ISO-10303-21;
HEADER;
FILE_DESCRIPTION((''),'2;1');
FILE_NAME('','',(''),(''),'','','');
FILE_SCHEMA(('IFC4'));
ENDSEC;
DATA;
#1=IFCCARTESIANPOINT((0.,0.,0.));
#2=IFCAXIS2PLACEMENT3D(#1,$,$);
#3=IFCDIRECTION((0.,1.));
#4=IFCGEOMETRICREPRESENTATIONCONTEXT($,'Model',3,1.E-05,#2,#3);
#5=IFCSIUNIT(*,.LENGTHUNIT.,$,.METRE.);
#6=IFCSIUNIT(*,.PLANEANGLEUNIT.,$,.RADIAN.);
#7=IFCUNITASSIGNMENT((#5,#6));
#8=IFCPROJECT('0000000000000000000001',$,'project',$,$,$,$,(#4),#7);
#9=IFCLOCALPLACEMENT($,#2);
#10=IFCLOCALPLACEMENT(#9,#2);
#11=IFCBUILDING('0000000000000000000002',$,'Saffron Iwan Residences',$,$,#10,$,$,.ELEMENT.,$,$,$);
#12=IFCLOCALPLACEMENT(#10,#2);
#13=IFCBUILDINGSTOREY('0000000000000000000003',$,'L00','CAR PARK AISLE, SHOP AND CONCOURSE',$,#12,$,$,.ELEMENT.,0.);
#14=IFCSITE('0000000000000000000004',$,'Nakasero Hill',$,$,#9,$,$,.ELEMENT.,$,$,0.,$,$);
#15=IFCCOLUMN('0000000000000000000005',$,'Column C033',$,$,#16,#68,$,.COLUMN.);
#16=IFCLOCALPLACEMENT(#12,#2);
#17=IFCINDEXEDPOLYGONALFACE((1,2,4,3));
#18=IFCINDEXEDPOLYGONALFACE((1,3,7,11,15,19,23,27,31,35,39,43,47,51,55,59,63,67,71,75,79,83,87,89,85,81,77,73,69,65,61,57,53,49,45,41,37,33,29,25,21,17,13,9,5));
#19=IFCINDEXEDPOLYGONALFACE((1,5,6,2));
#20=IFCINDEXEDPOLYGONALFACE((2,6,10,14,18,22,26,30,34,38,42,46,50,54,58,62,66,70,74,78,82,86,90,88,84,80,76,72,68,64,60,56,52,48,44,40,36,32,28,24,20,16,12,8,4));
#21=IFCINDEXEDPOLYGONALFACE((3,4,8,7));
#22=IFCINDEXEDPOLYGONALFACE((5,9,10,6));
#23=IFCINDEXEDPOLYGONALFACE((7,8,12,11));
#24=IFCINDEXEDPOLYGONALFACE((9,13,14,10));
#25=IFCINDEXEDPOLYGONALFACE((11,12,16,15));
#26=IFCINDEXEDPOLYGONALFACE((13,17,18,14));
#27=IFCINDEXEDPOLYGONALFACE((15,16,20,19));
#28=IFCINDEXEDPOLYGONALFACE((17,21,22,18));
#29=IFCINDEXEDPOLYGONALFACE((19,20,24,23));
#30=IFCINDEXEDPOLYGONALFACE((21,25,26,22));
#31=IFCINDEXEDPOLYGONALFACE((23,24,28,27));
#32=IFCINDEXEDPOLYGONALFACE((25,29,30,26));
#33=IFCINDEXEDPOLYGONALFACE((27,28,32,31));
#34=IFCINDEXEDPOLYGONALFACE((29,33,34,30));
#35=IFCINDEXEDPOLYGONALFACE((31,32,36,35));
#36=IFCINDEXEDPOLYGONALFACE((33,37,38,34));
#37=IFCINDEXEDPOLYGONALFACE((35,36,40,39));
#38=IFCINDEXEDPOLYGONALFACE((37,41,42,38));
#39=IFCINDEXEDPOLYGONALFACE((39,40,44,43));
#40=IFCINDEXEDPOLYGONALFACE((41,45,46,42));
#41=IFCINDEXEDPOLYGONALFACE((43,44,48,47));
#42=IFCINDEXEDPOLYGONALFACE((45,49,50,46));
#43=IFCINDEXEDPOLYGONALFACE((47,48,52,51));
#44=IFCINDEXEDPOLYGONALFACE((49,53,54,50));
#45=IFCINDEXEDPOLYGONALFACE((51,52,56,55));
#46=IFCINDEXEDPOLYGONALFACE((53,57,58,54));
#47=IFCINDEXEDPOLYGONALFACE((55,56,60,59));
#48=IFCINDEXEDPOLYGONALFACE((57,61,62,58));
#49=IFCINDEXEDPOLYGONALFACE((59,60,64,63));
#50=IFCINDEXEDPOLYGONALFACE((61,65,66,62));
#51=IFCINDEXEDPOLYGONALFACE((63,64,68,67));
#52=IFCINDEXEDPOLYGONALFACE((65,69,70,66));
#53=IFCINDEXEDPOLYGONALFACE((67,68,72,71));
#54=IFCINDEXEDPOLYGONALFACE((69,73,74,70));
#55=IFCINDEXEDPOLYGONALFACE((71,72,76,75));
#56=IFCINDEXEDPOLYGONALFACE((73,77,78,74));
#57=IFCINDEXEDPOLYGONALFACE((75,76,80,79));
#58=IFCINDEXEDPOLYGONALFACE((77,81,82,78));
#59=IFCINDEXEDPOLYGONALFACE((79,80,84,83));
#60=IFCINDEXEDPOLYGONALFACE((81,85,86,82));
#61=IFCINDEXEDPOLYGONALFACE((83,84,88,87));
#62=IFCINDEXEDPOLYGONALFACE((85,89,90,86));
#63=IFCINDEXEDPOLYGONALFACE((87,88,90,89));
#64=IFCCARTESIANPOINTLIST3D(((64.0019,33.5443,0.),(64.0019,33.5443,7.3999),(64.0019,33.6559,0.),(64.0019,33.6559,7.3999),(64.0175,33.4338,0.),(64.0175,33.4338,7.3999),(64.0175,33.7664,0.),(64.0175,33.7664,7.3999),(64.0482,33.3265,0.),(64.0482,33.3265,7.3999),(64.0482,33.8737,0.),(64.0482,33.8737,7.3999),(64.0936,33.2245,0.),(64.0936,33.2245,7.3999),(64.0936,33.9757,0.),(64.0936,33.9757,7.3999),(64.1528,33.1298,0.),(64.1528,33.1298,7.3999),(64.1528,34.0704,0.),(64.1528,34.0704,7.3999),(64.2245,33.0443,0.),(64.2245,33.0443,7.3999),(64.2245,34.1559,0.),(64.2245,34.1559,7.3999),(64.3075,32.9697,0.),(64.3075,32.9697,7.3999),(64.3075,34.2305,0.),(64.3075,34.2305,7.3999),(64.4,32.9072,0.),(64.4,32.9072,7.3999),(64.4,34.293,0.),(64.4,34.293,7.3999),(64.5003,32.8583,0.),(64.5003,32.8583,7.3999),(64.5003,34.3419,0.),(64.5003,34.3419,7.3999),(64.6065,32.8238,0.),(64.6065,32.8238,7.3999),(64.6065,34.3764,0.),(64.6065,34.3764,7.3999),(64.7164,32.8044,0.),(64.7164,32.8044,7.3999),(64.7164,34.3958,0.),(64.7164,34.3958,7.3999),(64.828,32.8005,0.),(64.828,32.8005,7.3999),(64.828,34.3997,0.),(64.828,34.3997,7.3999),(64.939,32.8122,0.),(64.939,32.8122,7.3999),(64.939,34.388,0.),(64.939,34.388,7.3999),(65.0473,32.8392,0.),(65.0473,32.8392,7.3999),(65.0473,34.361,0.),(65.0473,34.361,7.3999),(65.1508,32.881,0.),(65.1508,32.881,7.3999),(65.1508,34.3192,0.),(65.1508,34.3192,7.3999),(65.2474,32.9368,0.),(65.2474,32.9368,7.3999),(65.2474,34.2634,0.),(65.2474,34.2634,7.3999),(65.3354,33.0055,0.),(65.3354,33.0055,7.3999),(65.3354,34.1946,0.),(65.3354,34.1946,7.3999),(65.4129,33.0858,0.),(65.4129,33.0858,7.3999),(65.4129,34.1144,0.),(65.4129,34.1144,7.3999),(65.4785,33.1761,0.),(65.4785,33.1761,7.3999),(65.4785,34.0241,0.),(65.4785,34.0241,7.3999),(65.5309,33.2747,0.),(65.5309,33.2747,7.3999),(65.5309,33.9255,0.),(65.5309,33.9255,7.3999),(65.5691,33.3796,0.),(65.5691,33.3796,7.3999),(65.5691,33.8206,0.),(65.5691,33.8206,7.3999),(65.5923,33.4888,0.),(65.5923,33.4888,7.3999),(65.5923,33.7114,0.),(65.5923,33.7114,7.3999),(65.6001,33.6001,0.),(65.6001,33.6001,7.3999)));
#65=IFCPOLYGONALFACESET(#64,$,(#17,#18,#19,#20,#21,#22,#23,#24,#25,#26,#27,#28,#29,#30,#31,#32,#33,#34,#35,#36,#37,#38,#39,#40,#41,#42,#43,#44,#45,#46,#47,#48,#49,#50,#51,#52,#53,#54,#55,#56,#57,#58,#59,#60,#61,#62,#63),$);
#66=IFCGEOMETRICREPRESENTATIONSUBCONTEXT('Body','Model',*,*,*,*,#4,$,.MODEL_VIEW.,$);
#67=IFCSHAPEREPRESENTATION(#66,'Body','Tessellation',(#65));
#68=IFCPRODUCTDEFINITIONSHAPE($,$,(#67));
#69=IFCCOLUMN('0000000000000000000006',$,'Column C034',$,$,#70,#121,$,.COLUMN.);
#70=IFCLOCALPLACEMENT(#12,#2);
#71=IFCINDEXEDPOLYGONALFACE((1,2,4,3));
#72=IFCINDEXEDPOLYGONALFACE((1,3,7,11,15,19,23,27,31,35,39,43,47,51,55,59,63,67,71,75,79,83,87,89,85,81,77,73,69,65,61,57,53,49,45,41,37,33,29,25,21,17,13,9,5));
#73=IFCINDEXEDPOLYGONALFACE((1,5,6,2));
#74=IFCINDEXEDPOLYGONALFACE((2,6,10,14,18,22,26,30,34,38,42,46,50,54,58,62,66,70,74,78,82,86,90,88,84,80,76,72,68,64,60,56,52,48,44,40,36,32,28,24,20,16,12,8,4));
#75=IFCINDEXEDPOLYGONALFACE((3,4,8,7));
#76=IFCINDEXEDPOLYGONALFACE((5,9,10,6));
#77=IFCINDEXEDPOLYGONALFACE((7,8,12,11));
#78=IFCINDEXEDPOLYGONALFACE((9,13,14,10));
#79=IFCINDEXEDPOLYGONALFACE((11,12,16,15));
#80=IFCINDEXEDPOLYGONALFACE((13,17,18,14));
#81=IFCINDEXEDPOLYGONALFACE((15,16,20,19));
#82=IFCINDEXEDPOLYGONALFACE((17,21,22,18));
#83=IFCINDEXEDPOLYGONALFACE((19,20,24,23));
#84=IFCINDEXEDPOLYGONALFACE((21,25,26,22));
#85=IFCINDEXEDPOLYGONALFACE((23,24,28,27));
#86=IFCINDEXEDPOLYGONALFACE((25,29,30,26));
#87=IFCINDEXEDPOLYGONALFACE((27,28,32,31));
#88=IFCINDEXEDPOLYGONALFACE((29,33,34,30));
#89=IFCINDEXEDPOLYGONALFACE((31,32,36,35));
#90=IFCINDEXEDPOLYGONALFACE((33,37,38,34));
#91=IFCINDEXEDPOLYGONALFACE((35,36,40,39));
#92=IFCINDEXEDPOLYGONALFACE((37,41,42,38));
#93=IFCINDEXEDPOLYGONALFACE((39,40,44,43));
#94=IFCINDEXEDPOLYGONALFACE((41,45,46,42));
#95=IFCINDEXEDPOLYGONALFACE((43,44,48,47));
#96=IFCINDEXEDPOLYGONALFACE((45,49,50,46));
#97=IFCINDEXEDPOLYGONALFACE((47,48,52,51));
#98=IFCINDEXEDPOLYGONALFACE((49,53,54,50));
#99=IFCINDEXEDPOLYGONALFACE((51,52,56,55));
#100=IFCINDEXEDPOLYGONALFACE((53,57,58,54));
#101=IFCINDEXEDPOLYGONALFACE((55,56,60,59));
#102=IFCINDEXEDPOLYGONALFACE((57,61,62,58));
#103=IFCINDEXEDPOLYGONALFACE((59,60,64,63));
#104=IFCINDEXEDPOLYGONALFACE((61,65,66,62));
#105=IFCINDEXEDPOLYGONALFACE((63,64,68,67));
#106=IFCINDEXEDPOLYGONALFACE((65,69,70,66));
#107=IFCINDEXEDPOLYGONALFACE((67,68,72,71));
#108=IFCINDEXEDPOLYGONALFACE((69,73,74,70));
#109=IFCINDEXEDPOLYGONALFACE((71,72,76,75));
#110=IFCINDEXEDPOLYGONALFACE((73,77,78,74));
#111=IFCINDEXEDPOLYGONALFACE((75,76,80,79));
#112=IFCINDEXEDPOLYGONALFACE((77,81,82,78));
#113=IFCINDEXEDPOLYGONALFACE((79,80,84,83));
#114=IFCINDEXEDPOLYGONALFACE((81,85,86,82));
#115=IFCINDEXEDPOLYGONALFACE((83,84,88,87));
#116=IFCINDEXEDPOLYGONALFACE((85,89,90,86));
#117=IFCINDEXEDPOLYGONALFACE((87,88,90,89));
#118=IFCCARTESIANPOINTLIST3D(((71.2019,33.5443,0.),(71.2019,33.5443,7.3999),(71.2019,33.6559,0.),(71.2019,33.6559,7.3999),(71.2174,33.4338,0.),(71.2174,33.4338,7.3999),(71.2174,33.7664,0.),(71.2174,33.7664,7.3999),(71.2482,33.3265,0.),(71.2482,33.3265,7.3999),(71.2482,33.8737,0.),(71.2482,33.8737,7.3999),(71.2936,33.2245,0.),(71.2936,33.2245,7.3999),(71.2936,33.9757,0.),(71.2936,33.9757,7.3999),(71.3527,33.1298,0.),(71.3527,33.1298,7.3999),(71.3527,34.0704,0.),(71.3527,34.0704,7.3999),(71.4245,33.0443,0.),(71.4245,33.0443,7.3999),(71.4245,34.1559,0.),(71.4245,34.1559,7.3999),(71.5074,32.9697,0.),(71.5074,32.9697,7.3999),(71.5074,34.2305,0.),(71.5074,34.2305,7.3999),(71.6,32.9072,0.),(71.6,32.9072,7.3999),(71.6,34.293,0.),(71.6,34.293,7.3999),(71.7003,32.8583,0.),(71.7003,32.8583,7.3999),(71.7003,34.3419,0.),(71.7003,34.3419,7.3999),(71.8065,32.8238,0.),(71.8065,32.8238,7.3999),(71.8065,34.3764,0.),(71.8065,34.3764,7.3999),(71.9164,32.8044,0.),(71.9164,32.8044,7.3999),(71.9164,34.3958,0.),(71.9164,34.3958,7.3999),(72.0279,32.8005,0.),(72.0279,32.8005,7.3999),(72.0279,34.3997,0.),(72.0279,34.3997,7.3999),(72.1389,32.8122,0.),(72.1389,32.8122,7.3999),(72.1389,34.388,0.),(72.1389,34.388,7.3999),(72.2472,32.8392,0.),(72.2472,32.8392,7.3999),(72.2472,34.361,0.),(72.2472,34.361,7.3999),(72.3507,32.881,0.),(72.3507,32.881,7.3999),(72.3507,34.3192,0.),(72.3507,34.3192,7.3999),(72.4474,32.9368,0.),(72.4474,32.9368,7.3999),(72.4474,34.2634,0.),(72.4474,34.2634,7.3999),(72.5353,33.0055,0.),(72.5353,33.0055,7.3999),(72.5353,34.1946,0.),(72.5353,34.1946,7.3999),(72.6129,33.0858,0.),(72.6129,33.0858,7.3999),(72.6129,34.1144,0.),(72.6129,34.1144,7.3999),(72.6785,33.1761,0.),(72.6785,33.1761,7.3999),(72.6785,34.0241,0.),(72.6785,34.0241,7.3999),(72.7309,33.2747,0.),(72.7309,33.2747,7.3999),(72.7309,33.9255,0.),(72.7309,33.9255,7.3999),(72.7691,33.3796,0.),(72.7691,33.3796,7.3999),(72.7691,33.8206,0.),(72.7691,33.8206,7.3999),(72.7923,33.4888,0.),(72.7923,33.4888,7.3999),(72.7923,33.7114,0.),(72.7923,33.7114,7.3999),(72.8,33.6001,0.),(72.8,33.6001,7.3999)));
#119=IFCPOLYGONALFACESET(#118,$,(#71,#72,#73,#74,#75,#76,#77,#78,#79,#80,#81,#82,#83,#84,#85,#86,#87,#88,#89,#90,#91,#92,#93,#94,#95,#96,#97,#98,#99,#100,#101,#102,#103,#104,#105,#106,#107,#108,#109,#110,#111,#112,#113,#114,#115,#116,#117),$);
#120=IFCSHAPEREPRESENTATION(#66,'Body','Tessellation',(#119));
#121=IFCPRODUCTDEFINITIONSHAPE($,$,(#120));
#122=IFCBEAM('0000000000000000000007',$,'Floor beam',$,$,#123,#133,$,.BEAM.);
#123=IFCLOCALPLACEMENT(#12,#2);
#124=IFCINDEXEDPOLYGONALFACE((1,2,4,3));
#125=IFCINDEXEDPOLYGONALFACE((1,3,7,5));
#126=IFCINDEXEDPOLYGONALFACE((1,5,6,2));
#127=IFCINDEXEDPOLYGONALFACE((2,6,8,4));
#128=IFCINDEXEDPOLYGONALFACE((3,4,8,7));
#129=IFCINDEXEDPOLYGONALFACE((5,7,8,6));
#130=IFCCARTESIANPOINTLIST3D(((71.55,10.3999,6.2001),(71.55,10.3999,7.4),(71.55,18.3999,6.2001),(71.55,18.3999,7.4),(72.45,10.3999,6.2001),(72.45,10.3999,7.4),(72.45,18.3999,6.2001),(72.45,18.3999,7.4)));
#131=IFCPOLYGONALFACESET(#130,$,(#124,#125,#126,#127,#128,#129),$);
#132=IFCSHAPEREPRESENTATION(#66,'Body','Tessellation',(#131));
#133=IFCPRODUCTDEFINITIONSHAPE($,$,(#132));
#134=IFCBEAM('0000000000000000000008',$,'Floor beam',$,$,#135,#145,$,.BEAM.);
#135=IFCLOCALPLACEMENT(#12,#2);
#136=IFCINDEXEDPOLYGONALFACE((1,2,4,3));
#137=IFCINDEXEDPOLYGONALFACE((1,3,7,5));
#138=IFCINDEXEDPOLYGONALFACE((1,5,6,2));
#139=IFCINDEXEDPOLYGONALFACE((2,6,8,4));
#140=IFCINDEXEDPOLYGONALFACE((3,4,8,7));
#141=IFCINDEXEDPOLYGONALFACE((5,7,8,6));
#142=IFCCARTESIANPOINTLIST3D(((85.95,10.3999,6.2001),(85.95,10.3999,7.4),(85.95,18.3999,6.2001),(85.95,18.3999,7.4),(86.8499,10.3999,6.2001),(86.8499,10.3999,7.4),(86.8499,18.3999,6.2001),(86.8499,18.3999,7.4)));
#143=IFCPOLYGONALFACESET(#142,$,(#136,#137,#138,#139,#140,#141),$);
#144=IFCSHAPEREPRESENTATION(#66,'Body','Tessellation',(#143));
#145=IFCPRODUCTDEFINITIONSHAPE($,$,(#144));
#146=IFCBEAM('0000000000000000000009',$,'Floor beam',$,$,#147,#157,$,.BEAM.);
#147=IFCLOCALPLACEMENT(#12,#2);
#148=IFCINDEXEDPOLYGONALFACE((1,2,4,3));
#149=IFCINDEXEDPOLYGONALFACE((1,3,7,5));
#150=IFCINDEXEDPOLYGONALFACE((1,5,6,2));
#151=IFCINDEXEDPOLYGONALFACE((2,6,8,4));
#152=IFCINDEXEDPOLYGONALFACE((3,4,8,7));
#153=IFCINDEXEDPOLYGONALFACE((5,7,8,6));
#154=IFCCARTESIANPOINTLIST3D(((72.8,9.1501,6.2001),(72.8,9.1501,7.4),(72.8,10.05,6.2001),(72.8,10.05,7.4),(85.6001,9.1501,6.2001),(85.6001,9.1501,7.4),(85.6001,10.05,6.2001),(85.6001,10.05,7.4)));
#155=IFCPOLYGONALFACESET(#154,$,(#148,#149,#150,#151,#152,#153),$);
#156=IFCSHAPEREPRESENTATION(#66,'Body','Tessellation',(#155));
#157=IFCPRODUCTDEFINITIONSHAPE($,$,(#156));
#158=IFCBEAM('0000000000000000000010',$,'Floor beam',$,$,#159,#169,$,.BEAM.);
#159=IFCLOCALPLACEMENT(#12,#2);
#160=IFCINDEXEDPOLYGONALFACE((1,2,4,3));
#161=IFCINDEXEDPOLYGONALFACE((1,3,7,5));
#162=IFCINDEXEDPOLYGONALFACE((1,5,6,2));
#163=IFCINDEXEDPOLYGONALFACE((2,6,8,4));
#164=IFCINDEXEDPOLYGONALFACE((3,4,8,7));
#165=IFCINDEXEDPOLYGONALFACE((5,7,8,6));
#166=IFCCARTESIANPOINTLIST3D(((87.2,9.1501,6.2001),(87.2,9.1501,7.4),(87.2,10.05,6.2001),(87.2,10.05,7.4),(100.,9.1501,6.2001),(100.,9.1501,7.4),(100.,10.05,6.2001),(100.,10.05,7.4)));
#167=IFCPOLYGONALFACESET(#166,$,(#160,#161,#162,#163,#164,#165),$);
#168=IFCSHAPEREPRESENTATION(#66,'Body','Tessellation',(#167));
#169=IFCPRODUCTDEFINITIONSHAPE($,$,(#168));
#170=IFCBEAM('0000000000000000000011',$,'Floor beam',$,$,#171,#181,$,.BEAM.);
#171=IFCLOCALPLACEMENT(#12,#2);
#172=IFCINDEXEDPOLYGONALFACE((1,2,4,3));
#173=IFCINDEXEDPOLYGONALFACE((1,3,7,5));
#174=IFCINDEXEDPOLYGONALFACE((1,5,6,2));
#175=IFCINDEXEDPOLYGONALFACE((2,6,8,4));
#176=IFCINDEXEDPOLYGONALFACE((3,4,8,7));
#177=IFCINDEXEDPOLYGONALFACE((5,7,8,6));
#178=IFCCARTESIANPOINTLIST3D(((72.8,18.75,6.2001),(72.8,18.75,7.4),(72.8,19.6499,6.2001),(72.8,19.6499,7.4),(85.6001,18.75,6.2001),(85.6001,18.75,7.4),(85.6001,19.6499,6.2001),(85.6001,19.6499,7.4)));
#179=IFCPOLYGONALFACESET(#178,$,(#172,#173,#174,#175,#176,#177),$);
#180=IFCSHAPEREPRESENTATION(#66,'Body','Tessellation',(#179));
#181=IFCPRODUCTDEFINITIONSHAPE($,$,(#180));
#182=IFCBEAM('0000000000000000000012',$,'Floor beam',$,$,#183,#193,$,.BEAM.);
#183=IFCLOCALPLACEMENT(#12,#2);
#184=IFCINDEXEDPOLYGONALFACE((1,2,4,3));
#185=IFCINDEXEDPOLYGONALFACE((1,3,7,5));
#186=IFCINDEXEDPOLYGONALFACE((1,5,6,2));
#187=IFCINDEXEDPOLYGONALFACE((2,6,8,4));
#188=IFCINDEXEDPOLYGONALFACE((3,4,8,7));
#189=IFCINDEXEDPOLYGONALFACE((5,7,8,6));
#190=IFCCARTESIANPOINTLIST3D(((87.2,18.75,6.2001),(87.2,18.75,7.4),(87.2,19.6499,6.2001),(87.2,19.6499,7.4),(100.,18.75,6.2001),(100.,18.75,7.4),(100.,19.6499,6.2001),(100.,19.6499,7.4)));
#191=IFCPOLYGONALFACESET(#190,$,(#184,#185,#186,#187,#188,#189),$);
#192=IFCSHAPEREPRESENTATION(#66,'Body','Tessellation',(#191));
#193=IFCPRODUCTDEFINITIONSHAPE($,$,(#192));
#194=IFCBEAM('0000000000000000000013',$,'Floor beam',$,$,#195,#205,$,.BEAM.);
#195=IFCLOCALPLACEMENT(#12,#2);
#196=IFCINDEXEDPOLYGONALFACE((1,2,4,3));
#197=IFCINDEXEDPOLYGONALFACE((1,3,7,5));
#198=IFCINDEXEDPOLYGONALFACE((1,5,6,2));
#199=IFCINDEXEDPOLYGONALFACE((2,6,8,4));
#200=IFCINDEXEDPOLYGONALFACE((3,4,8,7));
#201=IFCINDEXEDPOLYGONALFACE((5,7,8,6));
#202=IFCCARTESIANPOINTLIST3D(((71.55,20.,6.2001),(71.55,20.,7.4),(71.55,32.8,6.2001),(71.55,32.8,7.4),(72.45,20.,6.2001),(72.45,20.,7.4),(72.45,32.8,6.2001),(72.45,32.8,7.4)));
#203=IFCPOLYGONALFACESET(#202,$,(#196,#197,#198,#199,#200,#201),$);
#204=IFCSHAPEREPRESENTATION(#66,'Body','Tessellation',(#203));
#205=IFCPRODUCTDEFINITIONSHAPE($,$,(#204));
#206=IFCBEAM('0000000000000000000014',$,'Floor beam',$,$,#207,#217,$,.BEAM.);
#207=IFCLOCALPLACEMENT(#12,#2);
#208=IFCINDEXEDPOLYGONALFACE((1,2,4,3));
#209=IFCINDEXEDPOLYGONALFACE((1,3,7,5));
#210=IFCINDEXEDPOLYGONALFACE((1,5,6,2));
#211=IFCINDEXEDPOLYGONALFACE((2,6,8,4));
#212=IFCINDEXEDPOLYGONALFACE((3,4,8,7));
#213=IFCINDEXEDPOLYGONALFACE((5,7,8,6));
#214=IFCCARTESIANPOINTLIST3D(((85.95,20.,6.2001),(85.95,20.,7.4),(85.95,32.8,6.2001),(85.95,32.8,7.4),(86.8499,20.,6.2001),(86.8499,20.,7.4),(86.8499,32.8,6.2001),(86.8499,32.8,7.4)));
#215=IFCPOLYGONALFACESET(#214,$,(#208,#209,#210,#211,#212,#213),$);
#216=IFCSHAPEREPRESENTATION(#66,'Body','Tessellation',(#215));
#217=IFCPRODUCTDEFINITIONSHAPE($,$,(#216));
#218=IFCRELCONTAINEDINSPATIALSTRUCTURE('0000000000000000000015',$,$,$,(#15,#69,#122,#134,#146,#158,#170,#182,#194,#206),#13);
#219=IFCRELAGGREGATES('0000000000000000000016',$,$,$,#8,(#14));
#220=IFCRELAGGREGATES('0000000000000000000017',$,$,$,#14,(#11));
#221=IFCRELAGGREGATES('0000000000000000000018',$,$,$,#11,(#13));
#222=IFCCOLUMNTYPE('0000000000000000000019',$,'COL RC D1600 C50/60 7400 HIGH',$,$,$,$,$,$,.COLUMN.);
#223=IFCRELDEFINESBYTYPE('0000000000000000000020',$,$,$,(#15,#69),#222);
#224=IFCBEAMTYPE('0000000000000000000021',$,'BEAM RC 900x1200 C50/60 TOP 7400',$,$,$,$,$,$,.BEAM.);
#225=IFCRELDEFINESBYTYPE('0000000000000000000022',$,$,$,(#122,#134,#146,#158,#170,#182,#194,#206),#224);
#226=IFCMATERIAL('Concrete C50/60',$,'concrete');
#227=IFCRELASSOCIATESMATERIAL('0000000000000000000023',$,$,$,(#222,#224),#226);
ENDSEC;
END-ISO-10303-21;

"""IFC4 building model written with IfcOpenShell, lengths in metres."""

from ifc_helpers import new_model, si_unit, direction, frame, origin, origin_2d, place, context, subcontext, project, spatial, rectangle, circle, extrude, source, transform, mapped, material, material_profile, profile_set, type_object, element, save


model = new_model("IFC4")

# Units and contexts
model_context = context("Model", 3, precision=1e-05, world=origin(), true_north=direction((0.0, 1.0)))
body_context = subcontext(model_context, "Body", "Model", "MODEL_VIEW")
ifc_project = project(units=[si_unit("LENGTHUNIT", "METRE"), si_unit("PLANEANGLEUNIT", "RADIAN")], contexts=[model_context])

# Site, building, storey
site_placement = place(None, origin())
site = spatial("IfcSite", under=ifc_project, at=site_placement, Name="Nakasero Hill", CompositionType="ELEMENT", RefElevation=0.0)
building_placement = place(site_placement, origin())
building = spatial("IfcBuilding", under=site, at=building_placement, Name="Saffron Iwan Residences", CompositionType="ELEMENT")
storey_placement = place(building_placement, origin())
storey = spatial("IfcBuildingStorey", under=building, at=storey_placement, Name="L00", Description="CAR PARK AISLE, SHOP AND CONCOURSE", CompositionType="ELEMENT", Elevation=0.0)

# Columns
ifc_material_1 = material(Name="Concrete C50/60", Category="concrete")
ifc_material_profile_1 = material_profile(ifc_material_1, circle(Radius=0.8, at=origin_2d()), Name="RC D1600")
ifc_profile_set_1 = profile_set([ifc_material_profile_1], Name="Concrete C50/60")
column_type = type_object("IfcColumnType", Name="COL RC D1600 C50/60 7400 HIGH", PredefinedType="COLUMN", material=ifc_profile_set_1)
shared_shape_1 = source(origin(), body_context, "Body", "SweptSolid", [
    extrude(circle(Radius=0.8, at=origin_2d()), origin(), (0.0, 0.0, 1.0), 7.3999),
])
for number, where, z_axis, x_axis, name in (
    (1, (64.8, 33.6001, 0.0), (0.0, 0.0, 1.0), (1.0, 0.0, 0.0), "Column C033"),
    (2, (72.0, 33.6001, 0.0), (0.0, 0.0, 1.0), (1.0, 0.0, 0.0), "Column C034"),
):
    element("IfcColumn", number, at=place(storey_placement, frame(where, z_axis=z_axis, x_axis=x_axis)), inside=storey, type_object=column_type, Name=name, PredefinedType="COLUMN", context=body_context, shape_type="MappedRepresentation", body=[
        mapped(shared_shape_1, transform((0.0, 0.0, 0.0))),
    ])

# Beams
ifc_material_profile_2 = material_profile(ifc_material_1, rectangle(XDim=0.8999, YDim=1.2, at=origin_2d()), Name="RC 900x1200")
ifc_profile_set_2 = profile_set([ifc_material_profile_2], Name="Concrete C50/60")
beam_type_1 = type_object("IfcBeamType", Name="BEAM RC 900x1200 C50/60 TOP 7400", PredefinedType="BEAM", material=ifc_profile_set_2)
shared_shape_2 = source(origin(), body_context, "Body", "SweptSolid", [
    extrude(rectangle(XDim=0.8999, YDim=1.2, at=origin_2d()), origin(), (0.0, 0.0, 1.0), 8.0),
])
for number, where, z_axis, x_axis, name in (
    (3, (72.0, 10.3999, 6.8), (0.0, 1.0, 0.0), (-1.0, 0.0, 0.0), "Floor beam"),
    (4, (86.3999, 10.3999, 6.8), (0.0, 1.0, 0.0), (-1.0, 0.0, 0.0), "Floor beam"),
):
    element("IfcBeam", number, at=place(storey_placement, frame(where, z_axis=z_axis, x_axis=x_axis)), inside=storey, type_object=beam_type_1, Name=name, PredefinedType="BEAM", context=body_context, shape_type="MappedRepresentation", body=[
        mapped(shared_shape_2, transform((0.0, 0.0, 0.0))),
    ])
shared_shape_3 = source(origin(), body_context, "Body", "SweptSolid", [
    extrude(rectangle(XDim=0.8999, YDim=1.2, at=origin_2d()), origin(), (0.0, 0.0, 1.0), 12.8),
])
for number, where, z_axis, x_axis, name in (
    (5, (72.8, 9.6001, 6.8), (1.0, 0.0, 0.0), (0.0, 1.0, 0.0), "Floor beam"),
    (6, (87.2, 9.6001, 6.8), (1.0, 0.0, 0.0), (0.0, 1.0, 0.0), "Floor beam"),
    (7, (72.8, 19.2, 6.8), (1.0, 0.0, 0.0), (0.0, 1.0, 0.0), "Floor beam"),
    (8, (87.2, 19.2, 6.8), (1.0, 0.0, 0.0), (0.0, 1.0, 0.0), "Floor beam"),
    (9, (72.0, 20.0, 6.8), (0.0, 1.0, 0.0), (-1.0, 0.0, 0.0), "Floor beam"),
    (10, (86.3999, 20.0, 6.8), (0.0, 1.0, 0.0), (-1.0, 0.0, 0.0), "Floor beam"),
):
    element("IfcBeam", number, at=place(storey_placement, frame(where, z_axis=z_axis, x_axis=x_axis)), inside=storey, type_object=beam_type_1, Name=name, PredefinedType="BEAM", context=body_context, shape_type="MappedRepresentation", body=[
        mapped(shared_shape_3, transform((0.0, 0.0, 0.0))),
    ])

save(model, "model.ifc")
